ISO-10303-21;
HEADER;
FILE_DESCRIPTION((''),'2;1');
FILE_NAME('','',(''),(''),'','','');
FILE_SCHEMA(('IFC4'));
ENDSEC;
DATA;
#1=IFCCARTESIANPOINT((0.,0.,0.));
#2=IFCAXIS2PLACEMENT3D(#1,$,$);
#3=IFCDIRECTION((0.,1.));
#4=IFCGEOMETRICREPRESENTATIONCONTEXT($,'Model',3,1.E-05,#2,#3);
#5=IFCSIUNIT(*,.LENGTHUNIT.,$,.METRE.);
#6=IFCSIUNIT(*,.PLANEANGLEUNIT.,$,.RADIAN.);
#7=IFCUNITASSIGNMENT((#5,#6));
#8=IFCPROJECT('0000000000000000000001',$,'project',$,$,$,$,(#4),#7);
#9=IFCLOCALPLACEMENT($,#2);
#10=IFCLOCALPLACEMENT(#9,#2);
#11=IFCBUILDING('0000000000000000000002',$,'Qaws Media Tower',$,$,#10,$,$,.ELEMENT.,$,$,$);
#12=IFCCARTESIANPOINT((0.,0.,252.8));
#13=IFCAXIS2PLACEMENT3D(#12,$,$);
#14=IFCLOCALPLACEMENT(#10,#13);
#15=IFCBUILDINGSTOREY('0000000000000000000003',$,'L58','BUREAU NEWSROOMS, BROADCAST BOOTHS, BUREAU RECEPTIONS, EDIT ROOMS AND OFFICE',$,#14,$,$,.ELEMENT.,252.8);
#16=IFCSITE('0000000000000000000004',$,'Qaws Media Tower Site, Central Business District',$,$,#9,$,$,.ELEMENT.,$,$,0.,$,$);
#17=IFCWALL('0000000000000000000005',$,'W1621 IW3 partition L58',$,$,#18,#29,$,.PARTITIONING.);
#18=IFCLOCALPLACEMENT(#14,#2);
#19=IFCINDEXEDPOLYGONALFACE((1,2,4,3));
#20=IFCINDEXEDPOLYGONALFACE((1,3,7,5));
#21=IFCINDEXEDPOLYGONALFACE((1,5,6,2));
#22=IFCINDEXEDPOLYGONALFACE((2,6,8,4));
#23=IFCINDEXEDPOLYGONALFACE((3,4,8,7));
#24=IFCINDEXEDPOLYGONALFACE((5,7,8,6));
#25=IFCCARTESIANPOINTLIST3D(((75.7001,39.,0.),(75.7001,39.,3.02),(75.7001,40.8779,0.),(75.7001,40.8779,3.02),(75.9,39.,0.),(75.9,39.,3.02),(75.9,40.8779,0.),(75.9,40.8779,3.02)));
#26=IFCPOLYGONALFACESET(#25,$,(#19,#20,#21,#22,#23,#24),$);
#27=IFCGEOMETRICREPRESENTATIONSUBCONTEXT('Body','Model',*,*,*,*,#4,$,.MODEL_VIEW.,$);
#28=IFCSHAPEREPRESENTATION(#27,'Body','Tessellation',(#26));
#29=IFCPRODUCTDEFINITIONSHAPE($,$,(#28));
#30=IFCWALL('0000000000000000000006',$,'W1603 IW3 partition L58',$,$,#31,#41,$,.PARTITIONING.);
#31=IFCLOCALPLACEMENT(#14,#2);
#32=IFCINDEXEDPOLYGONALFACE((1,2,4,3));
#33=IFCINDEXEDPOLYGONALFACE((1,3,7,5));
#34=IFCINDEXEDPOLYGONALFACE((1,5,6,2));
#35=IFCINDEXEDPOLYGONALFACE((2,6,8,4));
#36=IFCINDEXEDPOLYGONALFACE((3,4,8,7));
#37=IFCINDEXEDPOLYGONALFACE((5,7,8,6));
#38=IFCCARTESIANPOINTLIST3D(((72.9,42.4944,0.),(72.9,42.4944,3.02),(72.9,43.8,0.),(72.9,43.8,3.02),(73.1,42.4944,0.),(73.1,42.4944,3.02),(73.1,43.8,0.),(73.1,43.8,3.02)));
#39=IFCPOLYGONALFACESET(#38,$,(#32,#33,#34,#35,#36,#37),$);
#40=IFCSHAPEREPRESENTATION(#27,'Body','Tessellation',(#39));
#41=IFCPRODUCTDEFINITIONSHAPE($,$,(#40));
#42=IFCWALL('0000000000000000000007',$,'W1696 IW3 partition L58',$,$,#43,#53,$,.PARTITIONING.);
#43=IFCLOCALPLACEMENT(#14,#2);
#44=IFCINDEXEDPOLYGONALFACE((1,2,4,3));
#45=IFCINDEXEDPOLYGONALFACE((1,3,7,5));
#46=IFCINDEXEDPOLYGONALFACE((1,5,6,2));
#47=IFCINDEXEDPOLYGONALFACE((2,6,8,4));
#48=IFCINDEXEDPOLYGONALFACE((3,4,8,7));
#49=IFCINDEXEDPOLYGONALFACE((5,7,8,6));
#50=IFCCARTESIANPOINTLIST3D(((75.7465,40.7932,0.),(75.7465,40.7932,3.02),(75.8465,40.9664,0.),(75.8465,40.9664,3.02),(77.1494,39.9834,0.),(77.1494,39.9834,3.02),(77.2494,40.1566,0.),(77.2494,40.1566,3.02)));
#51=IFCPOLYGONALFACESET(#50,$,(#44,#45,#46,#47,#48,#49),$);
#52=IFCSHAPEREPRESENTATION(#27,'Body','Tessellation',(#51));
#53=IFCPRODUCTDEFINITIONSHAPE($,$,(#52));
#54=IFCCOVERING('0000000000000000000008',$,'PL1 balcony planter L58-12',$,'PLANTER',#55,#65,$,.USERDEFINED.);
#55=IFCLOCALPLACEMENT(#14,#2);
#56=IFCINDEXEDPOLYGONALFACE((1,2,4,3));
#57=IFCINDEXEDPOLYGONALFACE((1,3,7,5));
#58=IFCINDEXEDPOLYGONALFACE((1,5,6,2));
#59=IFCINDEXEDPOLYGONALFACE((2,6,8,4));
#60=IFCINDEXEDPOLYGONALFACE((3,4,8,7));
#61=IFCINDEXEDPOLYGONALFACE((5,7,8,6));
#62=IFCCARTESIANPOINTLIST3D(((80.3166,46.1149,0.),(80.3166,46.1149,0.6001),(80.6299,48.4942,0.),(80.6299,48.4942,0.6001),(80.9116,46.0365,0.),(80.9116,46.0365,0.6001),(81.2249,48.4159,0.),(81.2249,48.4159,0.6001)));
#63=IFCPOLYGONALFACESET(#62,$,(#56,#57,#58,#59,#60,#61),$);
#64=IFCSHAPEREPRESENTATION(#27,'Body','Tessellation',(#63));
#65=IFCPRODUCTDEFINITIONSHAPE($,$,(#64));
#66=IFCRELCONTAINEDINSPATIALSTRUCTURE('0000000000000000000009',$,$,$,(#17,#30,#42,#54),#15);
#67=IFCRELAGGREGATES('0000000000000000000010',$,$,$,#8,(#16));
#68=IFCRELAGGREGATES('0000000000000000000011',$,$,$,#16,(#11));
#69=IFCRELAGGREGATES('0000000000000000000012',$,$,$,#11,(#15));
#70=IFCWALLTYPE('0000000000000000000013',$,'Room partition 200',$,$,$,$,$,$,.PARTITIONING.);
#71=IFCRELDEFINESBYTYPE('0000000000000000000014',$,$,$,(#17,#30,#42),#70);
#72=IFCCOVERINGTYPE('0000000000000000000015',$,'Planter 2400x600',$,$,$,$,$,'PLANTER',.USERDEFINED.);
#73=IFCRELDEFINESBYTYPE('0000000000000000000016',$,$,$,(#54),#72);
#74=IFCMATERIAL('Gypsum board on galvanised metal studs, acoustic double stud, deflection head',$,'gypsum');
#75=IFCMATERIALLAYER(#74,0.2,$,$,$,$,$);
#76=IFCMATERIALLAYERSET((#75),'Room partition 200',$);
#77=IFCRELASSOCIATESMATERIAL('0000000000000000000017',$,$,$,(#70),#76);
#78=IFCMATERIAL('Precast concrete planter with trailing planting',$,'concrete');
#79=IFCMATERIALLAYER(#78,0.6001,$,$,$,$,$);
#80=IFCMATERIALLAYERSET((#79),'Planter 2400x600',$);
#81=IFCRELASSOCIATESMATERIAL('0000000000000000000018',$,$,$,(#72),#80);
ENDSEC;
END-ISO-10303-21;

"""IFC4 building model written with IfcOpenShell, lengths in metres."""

from ifc_helpers import new_model, si_unit, direction, frame, frame_2d, origin, origin_2d, place, context, subcontext, project, spatial, rectangle, extrude, material, layer, layer_set, type_object, element, save


model = new_model("IFC4")

# Units and contexts
model_context = context("Model", 3, precision=1e-05, world=origin(), true_north=direction((0.0, 1.0)))
body_context = subcontext(model_context, "Body", "Model", "MODEL_VIEW")
ifc_project = project(units=[si_unit("LENGTHUNIT", "METRE"), si_unit("PLANEANGLEUNIT", "RADIAN")], contexts=[model_context])

# Site, building, storey
site_placement = place(None, origin())
site = spatial("IfcSite", under=ifc_project, at=site_placement, Name="Qaws Media Tower Site, Central Business District", CompositionType="ELEMENT", RefElevation=0.0)
building_placement = place(site_placement, origin())
building = spatial("IfcBuilding", under=site, at=building_placement, Name="Qaws Media Tower", CompositionType="ELEMENT")
storey_placement = place(building_placement, frame((0.0, 0.0, 252.8)))
storey = spatial("IfcBuildingStorey", under=building, at=storey_placement, Name="L58", Description="BUREAU NEWSROOMS, BROADCAST BOOTHS, BUREAU RECEPTIONS, EDIT ROOMS AND OFFICE", CompositionType="ELEMENT", Elevation=252.8)

# Walls
ifc_material_1 = material(Name="Gypsum board on galvanised metal studs, acoustic double stud, deflection head", Category="gypsum")
ifc_layer_1 = layer(ifc_material_1, 0.2)
ifc_layer_set_1 = layer_set([ifc_layer_1], Name="Room partition 200")
wall_type_1 = type_object("IfcWallType", Name="Room partition 200", PredefinedType="PARTITIONING", material=ifc_layer_set_1)
wall_1_placement = place(storey_placement, frame((75.8, 40.8779, 0.0), z_axis=(0.0, 0.0, 1.0), x_axis=(0.0, -1.0, 0.0)))
element("IfcWall", 1, at=wall_1_placement, inside=storey, type_object=wall_type_1, Name="W1621 IW3 partition L58", PredefinedType="PARTITIONING", context=body_context, shape_type="SweptSolid", body=[
    extrude(rectangle(XDim=1.8779, YDim=0.2, at=frame_2d((0.939, 0.0))), origin(), (0.0, 0.0, 1.0), 3.02),
])
wall_2_placement = place(storey_placement, frame((73.0, 42.4944, 0.0), z_axis=(0.0, 0.0, 1.0), x_axis=(0.0, 1.0, 0.0)))
element("IfcWall", 2, at=wall_2_placement, inside=storey, type_object=wall_type_1, Name="W1603 IW3 partition L58", PredefinedType="PARTITIONING", context=body_context, shape_type="SweptSolid", body=[
    extrude(rectangle(XDim=1.3057, YDim=0.2, at=frame_2d((0.6528, 0.0))), origin(), (0.0, 0.0, 1.0), 3.02),
])
wall_3_placement = place(storey_placement, frame((75.7964, 40.8799, 0.0), z_axis=(0.0, 0.0, 1.0), x_axis=(0.866055, -0.499949, 0.0)))
element("IfcWall", 3, at=wall_3_placement, inside=storey, type_object=wall_type_1, Name="W1696 IW3 partition L58", PredefinedType="PARTITIONING", context=body_context, shape_type="SweptSolid", body=[
    extrude(rectangle(XDim=1.6199, YDim=0.2, at=frame_2d((0.8101, 0.0))), origin(), (0.0, 0.0, 1.0), 3.02),
])

# Covering
ifc_material_2 = material(Name="Precast concrete planter with trailing planting", Category="concrete")
ifc_layer_2 = layer(ifc_material_2, 0.6001)
ifc_layer_set_2 = layer_set([ifc_layer_2], Name="Planter 2400x600")
covering_type = type_object("IfcCoveringType", Name="Planter 2400x600", ElementType="PLANTER", PredefinedType="USERDEFINED", material=ifc_layer_set_2)
covering_placement = place(storey_placement, frame((80.7708, 47.2654, 0.0), z_axis=(0.0, 0.0, 1.0), x_axis=(0.130526, 0.991445, 0.0)))
element("IfcCovering", 4, at=covering_placement, inside=storey, type_object=covering_type, Name="PL1 balcony planter L58-12", ObjectType="PLANTER", PredefinedType="USERDEFINED", context=body_context, shape_type="SweptSolid", body=[
    extrude(rectangle(XDim=2.3999, YDim=0.6001, at=origin_2d()), origin(), (0.0, 0.0, 1.0), 0.6001),
])

save(model, "model.ifc")
